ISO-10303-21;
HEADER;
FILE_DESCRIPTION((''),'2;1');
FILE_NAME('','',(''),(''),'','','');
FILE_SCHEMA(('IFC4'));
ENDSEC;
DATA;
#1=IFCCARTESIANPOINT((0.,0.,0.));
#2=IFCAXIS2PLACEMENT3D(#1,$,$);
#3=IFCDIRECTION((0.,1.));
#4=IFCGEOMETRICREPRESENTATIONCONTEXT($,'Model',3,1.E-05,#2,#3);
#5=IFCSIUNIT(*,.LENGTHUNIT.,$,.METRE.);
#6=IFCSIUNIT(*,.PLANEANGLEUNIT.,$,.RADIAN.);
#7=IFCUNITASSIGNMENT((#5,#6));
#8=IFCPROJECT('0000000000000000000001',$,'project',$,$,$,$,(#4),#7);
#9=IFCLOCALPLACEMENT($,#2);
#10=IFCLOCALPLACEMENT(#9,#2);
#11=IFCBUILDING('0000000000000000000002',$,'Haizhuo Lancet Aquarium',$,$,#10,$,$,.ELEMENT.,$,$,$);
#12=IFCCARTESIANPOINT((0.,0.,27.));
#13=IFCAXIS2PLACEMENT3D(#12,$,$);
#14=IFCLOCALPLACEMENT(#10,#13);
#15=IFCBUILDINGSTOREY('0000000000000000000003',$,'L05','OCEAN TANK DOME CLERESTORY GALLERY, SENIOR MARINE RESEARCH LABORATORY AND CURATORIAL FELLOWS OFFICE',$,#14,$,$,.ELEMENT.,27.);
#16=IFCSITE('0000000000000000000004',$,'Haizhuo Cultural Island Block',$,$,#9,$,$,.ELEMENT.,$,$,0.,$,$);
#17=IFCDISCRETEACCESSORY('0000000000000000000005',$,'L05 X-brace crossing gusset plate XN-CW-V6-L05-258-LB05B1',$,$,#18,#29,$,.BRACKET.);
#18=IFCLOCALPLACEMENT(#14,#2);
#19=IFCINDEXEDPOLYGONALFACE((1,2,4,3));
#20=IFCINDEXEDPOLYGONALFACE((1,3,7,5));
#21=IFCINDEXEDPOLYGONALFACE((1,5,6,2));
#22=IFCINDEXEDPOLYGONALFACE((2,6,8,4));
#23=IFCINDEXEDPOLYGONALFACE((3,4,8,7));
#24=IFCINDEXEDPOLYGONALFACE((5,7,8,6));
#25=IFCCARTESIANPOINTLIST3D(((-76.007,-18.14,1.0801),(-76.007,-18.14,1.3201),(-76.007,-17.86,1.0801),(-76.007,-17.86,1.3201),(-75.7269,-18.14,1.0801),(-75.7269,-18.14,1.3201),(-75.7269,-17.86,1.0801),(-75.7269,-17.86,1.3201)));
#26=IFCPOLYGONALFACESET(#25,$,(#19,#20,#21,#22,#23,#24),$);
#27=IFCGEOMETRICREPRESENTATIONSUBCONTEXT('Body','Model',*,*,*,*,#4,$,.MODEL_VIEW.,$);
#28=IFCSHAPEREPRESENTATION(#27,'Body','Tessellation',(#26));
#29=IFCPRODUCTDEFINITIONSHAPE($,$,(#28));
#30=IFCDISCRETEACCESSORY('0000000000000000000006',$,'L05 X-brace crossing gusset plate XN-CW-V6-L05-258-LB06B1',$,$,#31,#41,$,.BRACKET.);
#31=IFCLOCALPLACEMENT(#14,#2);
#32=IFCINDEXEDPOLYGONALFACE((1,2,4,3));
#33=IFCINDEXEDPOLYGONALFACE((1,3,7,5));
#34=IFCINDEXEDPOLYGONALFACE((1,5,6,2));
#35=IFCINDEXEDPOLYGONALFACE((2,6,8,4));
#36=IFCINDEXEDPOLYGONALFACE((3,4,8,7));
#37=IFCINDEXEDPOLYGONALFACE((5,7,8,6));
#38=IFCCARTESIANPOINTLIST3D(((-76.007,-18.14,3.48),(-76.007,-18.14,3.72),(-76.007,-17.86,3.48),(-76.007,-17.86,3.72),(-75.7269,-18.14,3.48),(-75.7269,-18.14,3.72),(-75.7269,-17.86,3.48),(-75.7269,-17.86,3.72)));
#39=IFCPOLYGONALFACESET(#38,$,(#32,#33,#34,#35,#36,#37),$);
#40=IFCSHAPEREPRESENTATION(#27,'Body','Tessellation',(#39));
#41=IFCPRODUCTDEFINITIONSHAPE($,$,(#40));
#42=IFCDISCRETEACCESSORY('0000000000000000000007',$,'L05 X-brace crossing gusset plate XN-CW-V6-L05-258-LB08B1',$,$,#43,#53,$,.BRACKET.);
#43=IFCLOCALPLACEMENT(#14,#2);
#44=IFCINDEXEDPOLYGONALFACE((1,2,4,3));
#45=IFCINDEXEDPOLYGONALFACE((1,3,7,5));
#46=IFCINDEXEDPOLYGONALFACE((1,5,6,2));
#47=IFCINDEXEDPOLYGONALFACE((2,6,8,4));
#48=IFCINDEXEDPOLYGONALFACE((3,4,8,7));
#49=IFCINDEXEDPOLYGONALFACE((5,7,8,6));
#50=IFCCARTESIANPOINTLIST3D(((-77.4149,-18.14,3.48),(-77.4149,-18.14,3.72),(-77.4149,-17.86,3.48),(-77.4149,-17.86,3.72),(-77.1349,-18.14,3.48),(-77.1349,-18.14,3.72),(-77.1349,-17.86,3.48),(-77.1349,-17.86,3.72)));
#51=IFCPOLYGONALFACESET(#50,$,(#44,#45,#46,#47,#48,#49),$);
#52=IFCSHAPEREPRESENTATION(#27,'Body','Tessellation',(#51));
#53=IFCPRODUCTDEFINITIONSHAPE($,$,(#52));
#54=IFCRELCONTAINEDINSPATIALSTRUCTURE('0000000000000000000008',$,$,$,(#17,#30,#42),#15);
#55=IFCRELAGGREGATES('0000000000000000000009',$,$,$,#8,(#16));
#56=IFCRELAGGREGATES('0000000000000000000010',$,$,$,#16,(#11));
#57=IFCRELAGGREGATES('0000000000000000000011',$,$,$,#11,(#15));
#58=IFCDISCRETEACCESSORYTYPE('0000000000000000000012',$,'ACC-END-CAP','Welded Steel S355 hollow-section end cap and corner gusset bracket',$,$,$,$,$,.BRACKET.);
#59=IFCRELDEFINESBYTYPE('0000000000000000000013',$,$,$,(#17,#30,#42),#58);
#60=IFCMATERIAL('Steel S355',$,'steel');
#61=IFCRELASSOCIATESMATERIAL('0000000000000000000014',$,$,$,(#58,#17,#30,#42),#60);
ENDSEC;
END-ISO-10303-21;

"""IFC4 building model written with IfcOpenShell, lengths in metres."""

from ifc_helpers import new_model, si_unit, direction, frame, origin, origin_2d, place, context, subcontext, project, spatial, rectangle, extrude, material, type_object, element, save


model = new_model("IFC4")

# Units and contexts
model_context = context("Model", 3, precision=1e-05, world=origin(), true_north=direction((0.0, 1.0)))
body_context = subcontext(model_context, "Body", "Model", "MODEL_VIEW")
ifc_project = project(units=[si_unit("LENGTHUNIT", "METRE"), si_unit("PLANEANGLEUNIT", "RADIAN")], contexts=[model_context])

# Site, building, storey
site_placement = place(None, origin())
site = spatial("IfcSite", under=ifc_project, at=site_placement, Name="Haizhuo Cultural Island Block", CompositionType="ELEMENT", RefElevation=0.0)
building_placement = place(site_placement, origin())
building = spatial("IfcBuilding", under=site, at=building_placement, Name="Haizhuo Lancet Aquarium", CompositionType="ELEMENT")
storey_placement = place(building_placement, frame((0.0, 0.0, 27.0)))
storey = spatial("IfcBuildingStorey", under=building, at=storey_placement, Name="L05", Description="OCEAN TANK DOME CLERESTORY GALLERY, SENIOR MARINE RESEARCH LABORATORY AND CURATORIAL FELLOWS OFFICE", CompositionType="ELEMENT", Elevation=27.0)

# Shared definitions
ifc_material_1 = material(Name="Steel S355", Category="steel")

# Discrete accessories
discrete_accessory_type = type_object("IfcDiscreteAccessoryType", Name="ACC-END-CAP", Description="Welded Steel S355 hollow-section end cap and corner gusset bracket", PredefinedType="BRACKET", material=ifc_material_1)
for number, where, z_axis, x_axis, name in (
    (1, (-75.8669, -18.0, 1.0801), (0.0, 0.0, 1.0), (1.0, 0.0, 0.0), "L05 X-brace crossing gusset plate XN-CW-V6-L05-258-LB05B1"),
    (2, (-75.8669, -18.0, 3.48), (0.0, 0.0, 1.0), (1.0, 0.0, 0.0), "L05 X-brace crossing gusset plate XN-CW-V6-L05-258-LB06B1"),
    (3, (-77.2749, -18.0, 3.48), (0.0, 0.0, 1.0), (1.0, 0.0, 0.0), "L05 X-brace crossing gusset plate XN-CW-V6-L05-258-LB08B1"),
):
    element("IfcDiscreteAccessory", number, at=place(storey_placement, frame(where, z_axis=z_axis, x_axis=x_axis)), inside=storey, type_object=discrete_accessory_type, material=ifc_material_1, Name=name, PredefinedType="BRACKET", context=body_context, shape_type="SweptSolid", body=[
        extrude(rectangle(XDim=0.28, YDim=0.28, at=origin_2d()), origin(), (0.0, 0.0, 1.0), 0.24),
    ])

save(model, "model.ifc")
